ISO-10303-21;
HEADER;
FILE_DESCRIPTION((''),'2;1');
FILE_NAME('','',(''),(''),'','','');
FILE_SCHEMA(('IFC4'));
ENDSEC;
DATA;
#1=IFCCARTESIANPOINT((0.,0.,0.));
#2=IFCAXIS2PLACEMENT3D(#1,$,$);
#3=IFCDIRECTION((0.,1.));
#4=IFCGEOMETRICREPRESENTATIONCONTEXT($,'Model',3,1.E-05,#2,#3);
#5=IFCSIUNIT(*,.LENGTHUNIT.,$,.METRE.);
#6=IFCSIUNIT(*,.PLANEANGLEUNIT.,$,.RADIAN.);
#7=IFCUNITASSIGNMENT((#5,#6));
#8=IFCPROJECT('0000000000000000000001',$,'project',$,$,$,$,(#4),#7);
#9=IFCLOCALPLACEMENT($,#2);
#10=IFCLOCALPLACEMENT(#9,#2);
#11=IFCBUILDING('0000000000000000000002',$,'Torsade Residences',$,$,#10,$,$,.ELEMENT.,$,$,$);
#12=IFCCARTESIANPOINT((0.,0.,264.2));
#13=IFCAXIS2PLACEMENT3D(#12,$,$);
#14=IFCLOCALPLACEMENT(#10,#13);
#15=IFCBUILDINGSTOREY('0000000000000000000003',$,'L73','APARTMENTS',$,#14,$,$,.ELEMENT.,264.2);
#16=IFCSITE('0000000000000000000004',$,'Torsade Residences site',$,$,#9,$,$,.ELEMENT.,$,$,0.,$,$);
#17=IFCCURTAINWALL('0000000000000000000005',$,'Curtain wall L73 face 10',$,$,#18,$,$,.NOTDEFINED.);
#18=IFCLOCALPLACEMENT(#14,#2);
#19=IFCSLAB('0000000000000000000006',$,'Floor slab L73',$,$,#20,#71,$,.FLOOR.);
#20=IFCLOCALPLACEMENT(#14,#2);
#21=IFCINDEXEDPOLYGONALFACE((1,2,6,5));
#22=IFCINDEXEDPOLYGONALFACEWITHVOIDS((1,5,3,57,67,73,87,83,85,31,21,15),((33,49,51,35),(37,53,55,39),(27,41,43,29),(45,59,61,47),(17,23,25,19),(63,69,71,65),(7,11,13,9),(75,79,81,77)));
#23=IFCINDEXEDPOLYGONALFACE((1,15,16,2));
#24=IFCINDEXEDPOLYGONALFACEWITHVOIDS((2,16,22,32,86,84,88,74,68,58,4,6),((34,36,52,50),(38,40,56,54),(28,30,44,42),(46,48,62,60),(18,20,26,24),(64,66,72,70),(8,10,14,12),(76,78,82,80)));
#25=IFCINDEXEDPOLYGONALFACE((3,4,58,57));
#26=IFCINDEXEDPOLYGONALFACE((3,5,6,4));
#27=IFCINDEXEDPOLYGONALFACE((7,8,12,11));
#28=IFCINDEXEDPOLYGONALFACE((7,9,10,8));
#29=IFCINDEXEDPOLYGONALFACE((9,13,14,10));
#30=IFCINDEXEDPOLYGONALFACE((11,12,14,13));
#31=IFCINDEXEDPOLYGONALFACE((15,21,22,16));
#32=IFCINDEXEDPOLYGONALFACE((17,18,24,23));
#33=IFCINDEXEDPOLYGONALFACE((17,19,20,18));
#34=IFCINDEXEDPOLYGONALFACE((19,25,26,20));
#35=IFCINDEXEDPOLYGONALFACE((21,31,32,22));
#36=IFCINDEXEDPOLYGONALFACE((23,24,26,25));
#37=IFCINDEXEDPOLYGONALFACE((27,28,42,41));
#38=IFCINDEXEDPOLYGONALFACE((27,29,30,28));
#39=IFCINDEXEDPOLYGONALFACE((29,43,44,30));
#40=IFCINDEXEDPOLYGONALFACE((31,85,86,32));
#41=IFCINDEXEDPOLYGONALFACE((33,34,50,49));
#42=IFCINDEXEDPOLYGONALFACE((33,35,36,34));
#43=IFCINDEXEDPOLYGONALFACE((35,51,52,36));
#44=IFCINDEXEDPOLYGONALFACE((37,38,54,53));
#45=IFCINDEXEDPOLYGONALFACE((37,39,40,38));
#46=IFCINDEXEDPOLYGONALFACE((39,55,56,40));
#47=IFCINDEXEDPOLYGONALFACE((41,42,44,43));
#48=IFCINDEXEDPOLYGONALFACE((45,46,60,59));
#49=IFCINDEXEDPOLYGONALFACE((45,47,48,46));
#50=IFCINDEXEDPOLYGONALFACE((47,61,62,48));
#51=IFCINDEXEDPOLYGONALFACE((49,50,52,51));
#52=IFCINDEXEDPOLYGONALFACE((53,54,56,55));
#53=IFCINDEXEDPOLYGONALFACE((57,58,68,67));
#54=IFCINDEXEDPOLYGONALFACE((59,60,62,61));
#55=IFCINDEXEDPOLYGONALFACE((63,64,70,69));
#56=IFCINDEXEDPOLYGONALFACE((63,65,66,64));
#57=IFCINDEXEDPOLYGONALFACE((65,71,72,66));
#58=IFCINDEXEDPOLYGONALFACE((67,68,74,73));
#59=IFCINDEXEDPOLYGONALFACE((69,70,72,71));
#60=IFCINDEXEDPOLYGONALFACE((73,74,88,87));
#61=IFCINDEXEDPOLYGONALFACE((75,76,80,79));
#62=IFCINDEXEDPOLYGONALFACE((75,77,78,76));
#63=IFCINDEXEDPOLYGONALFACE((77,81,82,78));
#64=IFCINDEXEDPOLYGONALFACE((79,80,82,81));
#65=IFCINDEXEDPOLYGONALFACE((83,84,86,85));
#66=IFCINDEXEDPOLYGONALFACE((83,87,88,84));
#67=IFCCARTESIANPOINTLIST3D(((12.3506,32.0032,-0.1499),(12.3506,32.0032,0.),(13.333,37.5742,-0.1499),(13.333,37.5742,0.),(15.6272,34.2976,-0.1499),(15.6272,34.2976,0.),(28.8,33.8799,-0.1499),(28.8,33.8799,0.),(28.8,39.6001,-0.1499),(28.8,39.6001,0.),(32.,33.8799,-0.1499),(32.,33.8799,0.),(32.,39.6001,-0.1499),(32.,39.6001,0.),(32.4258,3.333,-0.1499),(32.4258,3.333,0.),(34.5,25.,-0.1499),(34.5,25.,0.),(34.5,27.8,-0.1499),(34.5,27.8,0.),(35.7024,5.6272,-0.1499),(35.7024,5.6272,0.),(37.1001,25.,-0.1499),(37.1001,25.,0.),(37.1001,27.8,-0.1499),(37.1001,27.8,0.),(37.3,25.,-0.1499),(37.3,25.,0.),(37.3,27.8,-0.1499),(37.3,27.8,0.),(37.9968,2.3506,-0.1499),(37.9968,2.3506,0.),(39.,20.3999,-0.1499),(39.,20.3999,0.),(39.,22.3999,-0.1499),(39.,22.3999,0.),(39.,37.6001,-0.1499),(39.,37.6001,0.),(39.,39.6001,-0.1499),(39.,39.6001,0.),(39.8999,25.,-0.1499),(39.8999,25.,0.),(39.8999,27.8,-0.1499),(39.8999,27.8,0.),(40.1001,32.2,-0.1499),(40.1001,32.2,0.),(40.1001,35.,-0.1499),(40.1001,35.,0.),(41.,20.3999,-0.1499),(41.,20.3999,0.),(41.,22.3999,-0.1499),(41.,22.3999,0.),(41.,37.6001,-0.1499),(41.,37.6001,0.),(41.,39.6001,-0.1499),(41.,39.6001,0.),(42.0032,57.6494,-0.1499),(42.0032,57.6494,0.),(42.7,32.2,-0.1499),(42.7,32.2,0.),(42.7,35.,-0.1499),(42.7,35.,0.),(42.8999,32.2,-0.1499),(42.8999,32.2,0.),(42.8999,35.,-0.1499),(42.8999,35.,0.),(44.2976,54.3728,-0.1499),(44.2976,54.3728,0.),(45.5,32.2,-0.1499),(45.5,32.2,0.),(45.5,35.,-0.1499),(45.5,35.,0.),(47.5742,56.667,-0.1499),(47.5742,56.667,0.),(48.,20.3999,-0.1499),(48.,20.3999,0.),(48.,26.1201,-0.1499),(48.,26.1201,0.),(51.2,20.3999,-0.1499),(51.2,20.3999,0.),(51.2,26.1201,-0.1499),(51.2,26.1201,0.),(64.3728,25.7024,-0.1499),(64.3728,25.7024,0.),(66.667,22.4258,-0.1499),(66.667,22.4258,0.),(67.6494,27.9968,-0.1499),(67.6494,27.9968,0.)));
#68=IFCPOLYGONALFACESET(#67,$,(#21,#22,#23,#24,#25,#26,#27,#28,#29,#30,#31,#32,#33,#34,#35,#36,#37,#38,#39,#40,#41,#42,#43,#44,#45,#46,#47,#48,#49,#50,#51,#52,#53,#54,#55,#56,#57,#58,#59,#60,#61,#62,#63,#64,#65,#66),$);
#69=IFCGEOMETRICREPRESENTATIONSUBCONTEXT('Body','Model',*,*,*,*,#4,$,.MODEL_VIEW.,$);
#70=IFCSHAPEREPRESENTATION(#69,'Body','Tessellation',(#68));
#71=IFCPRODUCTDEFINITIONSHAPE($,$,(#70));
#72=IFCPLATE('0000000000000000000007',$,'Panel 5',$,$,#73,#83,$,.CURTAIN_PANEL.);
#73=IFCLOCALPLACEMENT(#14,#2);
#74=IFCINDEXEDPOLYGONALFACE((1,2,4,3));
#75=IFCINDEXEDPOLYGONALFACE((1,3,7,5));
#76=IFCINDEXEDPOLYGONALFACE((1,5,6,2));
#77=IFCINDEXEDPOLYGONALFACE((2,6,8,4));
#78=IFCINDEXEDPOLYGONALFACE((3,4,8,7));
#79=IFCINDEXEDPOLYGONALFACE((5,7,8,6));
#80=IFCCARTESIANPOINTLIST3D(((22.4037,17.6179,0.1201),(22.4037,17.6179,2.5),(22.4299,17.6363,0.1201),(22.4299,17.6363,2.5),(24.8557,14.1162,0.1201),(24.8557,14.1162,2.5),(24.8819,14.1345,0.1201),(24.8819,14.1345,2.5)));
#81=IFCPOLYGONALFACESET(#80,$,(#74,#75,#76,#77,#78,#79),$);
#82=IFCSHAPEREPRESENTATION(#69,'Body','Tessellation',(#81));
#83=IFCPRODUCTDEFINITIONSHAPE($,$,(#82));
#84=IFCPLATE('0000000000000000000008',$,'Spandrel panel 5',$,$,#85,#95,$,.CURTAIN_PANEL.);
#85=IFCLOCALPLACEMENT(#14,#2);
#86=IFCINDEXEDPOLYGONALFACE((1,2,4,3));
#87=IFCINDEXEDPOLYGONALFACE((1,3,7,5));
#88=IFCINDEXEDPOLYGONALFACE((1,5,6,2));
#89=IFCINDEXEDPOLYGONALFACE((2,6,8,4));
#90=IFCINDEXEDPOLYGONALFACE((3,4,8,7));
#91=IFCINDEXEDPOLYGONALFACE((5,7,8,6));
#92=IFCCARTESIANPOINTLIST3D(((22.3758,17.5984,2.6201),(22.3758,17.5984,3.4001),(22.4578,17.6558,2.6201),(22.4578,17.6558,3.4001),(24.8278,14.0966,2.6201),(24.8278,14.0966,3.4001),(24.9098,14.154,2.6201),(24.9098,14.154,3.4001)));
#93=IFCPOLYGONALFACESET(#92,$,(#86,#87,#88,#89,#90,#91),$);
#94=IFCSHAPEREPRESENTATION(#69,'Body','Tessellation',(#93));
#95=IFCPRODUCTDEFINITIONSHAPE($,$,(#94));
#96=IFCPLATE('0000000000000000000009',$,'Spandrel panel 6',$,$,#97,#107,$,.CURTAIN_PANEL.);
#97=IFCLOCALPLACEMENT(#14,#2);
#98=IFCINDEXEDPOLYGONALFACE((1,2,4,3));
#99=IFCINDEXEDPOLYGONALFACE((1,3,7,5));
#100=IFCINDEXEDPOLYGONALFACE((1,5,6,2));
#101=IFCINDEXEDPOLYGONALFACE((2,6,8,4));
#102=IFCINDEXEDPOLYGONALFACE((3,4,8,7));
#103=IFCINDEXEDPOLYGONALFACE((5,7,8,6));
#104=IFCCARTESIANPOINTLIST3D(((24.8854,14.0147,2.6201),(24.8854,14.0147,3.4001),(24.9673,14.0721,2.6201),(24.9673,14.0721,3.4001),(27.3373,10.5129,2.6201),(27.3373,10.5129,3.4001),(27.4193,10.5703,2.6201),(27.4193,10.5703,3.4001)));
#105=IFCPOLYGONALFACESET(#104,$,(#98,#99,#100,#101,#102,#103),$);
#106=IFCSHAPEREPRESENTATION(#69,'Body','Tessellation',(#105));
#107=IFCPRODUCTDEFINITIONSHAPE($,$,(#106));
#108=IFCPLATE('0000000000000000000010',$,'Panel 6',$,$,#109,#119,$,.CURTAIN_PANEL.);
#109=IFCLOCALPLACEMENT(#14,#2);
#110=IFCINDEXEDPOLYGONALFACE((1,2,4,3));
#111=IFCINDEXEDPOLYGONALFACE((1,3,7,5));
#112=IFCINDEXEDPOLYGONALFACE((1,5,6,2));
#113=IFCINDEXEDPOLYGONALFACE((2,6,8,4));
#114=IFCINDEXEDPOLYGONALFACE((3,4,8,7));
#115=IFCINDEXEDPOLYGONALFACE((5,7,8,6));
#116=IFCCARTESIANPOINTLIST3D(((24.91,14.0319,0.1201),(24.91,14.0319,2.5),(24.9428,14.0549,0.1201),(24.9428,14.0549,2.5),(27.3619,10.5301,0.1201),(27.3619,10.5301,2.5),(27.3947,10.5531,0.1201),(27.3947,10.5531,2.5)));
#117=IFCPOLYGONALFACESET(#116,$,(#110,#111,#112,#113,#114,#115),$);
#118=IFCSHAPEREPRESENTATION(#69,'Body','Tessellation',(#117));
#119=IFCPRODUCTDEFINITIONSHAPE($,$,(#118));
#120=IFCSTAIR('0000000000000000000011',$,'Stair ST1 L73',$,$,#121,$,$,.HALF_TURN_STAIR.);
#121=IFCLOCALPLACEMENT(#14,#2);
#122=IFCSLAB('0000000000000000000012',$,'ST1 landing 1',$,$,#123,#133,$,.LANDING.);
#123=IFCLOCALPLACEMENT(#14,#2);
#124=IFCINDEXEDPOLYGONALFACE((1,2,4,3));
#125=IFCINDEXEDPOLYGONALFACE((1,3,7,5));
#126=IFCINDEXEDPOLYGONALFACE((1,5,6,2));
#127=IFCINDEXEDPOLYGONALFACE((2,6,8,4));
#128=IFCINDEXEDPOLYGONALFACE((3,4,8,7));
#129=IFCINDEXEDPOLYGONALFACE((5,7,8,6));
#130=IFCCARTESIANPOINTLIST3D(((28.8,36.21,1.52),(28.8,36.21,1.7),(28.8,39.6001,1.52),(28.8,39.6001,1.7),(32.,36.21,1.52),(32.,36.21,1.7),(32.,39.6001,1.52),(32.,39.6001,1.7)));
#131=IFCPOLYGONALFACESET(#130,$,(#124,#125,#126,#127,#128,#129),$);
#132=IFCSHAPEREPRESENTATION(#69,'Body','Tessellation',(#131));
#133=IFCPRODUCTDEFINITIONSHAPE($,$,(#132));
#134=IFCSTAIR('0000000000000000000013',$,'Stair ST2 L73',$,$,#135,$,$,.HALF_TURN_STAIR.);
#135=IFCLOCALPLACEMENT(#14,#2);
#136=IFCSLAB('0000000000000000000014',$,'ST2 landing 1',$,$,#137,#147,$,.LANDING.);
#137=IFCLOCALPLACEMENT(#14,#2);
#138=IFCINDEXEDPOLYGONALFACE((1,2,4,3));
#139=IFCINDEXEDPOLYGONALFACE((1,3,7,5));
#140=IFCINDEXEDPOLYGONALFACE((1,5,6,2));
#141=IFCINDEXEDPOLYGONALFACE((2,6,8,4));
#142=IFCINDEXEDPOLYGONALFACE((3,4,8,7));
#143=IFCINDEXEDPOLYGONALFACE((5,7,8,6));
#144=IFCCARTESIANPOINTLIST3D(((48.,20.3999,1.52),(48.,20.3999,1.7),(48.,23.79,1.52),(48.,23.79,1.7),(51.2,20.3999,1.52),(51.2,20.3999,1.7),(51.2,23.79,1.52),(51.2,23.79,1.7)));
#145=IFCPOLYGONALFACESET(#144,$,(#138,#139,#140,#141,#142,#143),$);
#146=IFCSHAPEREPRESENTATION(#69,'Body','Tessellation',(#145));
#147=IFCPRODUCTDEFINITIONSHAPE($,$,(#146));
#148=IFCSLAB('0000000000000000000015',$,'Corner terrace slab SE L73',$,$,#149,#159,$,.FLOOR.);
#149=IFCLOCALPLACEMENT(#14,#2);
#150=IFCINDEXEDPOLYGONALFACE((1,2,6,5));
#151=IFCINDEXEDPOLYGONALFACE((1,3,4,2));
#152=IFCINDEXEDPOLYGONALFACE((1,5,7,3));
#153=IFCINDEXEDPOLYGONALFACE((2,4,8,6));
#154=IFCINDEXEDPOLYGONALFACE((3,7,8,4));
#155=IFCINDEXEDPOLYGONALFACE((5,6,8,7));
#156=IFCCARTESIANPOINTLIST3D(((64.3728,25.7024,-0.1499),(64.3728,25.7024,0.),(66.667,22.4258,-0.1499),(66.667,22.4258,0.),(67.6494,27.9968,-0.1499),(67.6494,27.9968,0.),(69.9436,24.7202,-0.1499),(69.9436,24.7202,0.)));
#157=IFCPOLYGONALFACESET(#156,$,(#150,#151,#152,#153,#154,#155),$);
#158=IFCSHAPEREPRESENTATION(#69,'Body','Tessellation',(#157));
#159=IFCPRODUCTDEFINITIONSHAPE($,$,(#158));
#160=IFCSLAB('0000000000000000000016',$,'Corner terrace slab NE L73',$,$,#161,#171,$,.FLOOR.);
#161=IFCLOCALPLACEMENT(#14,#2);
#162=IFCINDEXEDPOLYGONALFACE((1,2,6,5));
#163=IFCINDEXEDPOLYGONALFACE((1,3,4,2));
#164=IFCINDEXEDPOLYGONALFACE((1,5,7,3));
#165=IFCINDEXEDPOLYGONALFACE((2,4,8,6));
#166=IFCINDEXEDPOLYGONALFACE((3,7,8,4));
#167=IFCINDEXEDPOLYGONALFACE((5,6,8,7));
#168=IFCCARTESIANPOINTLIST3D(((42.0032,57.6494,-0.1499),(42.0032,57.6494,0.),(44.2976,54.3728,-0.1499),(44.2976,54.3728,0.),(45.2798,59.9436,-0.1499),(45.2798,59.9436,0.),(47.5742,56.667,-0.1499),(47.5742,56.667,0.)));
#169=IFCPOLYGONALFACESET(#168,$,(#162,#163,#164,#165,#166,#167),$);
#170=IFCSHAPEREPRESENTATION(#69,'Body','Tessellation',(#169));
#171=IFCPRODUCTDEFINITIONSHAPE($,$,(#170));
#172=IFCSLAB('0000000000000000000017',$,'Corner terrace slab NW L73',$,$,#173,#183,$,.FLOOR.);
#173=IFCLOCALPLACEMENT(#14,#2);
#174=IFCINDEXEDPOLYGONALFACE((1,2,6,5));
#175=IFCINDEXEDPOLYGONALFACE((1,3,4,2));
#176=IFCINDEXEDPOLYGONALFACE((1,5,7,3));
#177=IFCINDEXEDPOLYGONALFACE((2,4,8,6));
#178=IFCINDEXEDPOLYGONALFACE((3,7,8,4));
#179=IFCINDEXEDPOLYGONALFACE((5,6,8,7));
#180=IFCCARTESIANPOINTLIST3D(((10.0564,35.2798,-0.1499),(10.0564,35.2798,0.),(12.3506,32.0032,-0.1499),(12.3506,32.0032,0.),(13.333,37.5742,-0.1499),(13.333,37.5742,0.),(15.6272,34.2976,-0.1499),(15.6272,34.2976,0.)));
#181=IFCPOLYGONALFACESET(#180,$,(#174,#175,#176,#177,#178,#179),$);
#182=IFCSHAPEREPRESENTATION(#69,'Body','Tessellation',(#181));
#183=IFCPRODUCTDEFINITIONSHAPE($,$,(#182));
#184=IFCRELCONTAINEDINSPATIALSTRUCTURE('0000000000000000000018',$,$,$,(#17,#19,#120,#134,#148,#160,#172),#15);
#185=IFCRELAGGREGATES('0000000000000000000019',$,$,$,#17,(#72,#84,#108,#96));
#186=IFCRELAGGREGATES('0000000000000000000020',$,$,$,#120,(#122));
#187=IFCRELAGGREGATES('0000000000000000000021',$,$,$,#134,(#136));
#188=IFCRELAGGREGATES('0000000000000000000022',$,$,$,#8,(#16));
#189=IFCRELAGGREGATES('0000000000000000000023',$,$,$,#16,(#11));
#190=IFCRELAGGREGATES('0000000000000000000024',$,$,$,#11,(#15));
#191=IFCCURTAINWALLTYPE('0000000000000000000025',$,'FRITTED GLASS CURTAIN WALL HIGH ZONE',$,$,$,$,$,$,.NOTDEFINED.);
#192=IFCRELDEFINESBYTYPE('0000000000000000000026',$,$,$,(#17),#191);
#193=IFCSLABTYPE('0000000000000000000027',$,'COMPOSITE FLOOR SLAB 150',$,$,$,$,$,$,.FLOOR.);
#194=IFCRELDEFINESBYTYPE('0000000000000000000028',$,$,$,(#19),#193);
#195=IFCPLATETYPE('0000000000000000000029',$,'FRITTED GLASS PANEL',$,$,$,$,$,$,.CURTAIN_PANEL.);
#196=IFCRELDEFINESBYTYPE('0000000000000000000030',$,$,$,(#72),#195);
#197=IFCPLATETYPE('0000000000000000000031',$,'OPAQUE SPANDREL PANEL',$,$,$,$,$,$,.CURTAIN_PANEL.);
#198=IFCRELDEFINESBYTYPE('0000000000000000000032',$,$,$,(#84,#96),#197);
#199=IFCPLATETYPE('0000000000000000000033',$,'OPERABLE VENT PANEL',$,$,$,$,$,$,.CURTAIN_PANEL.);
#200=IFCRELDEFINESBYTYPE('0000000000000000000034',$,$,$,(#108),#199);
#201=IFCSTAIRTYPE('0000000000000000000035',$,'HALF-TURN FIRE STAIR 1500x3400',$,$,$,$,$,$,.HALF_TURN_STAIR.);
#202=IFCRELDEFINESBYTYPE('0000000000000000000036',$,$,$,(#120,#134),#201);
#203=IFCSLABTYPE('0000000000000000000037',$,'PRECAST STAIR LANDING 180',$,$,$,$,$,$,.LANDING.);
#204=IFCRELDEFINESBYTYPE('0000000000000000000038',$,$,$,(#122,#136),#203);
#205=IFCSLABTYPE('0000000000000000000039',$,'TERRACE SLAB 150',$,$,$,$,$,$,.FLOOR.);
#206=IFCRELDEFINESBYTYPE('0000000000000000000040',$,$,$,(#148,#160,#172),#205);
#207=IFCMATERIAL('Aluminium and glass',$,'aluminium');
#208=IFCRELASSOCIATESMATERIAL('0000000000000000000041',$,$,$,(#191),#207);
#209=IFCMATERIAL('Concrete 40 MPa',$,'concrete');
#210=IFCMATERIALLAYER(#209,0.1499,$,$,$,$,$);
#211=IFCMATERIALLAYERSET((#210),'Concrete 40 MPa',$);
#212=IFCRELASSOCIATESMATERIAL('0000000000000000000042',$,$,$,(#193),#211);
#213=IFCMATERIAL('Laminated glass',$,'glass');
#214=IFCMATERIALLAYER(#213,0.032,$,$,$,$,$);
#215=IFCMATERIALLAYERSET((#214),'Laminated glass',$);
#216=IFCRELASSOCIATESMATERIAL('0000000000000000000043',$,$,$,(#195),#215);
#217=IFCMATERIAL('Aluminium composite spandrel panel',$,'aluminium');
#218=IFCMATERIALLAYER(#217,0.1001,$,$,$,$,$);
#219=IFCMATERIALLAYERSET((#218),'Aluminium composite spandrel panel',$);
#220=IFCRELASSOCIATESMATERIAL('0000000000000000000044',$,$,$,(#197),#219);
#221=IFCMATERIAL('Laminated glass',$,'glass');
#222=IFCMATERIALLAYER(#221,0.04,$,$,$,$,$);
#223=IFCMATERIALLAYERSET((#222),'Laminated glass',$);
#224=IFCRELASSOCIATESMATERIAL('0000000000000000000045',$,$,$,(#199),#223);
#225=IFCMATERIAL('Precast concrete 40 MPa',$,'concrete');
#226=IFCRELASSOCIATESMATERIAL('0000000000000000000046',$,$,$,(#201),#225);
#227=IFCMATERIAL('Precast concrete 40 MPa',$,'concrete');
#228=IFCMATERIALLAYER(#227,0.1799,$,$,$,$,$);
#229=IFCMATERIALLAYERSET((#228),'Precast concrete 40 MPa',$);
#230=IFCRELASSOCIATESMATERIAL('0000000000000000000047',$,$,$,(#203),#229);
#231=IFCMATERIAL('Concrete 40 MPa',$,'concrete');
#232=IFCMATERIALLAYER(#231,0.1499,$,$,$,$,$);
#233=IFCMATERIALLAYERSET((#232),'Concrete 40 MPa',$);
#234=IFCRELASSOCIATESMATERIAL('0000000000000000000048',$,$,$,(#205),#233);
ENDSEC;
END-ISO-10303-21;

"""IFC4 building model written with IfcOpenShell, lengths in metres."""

from ifc_helpers import new_model, si_unit, direction, frame, origin, origin_2d, place, context, subcontext, project, spatial, polyline, rectangle, outline, extrude, material, layer, layer_set, type_object, element, aggregate, save


model = new_model("IFC4")

# Units and contexts
model_context = context("Model", 3, precision=1e-05, world=origin(), true_north=direction((0.0, 1.0)))
body_context = subcontext(model_context, "Body", "Model", "MODEL_VIEW")
ifc_project = project(units=[si_unit("LENGTHUNIT", "METRE"), si_unit("PLANEANGLEUNIT", "RADIAN")], contexts=[model_context])

# Site, building, storey
site_placement = place(None, origin())
site = spatial("IfcSite", under=ifc_project, at=site_placement, Name="Torsade Residences site", CompositionType="ELEMENT", RefElevation=0.0)
building_placement = place(site_placement, origin())
building = spatial("IfcBuilding", under=site, at=building_placement, Name="Torsade Residences", CompositionType="ELEMENT")
storey_placement = place(building_placement, frame((0.0, 0.0, 264.2)))
storey = spatial("IfcBuildingStorey", under=building, at=storey_placement, Name="L73", Description="APARTMENTS", CompositionType="ELEMENT", Elevation=264.2)

# Curtain wall
ifc_material_1 = material(Name="Aluminium and glass", Category="aluminium")
curtain_wall_type = type_object("IfcCurtainWallType", Name="FRITTED GLASS CURTAIN WALL HIGH ZONE", PredefinedType="NOTDEFINED", material=ifc_material_1)
curtain_wall_placement = place(storey_placement, origin())
curtain_wall = element("IfcCurtainWall", 1, at=curtain_wall_placement, inside=storey, type_object=curtain_wall_type, Name="Curtain wall L73 face 10", PredefinedType="NOTDEFINED")

# Slab
ifc_material_2 = material(Name="Concrete 40 MPa", Category="concrete")
ifc_layer_1 = layer(ifc_material_2, 0.1499)
ifc_layer_set_1 = layer_set([ifc_layer_1], Name="Concrete 40 MPa")
slab_type_1 = type_object("IfcSlabType", Name="COMPOSITE FLOOR SLAB 150", PredefinedType="FLOOR", material=ifc_layer_set_1)
slab_1_placement = place(storey_placement, frame((0.0, 0.0, -0.1499)))
element("IfcSlab", 2, at=slab_1_placement, inside=storey, type_object=slab_type_1, Name="Floor slab L73", PredefinedType="FLOOR", context=body_context, shape_type="SweptSolid", body=[
    extrude(outline(polyline([(37.9968, 2.3506), (66.667, 22.4258), (64.3728, 25.7024), (67.6494, 27.9968), (47.5742, 56.667), (44.2976, 54.3728), (42.0032, 57.6494), (13.333, 37.5742), (15.6272, 34.2976), (12.3506, 32.0032), (32.4258, 3.333), (35.7024, 5.6272), (37.9968, 2.3506)]), holes=[polyline([(51.2, 26.1201), (48.0, 26.1201), (48.0, 20.3999), (51.2, 20.3999), (51.2, 26.1201)]), polyline([(45.5, 35.0), (42.8999, 35.0), (42.8999, 32.2), (45.5, 32.2), (45.5, 35.0)]), polyline([(42.7, 35.0), (40.1001, 35.0), (40.1001, 32.2), (42.7, 32.2), (42.7, 35.0)]), polyline([(41.0, 22.3999), (39.0, 22.3999), (39.0, 20.3999), (41.0, 20.3999), (41.0, 22.3999)]), polyline([(41.0, 39.6001), (39.0, 39.6001), (39.0, 37.6001), (41.0, 37.6001), (41.0, 39.6001)]), polyline([(39.8999, 27.8), (37.3, 27.8), (37.3, 25.0), (39.8999, 25.0), (39.8999, 27.8)]), polyline([(37.1001, 27.8), (34.5, 27.8), (34.5, 25.0), (37.1001, 25.0), (37.1001, 27.8)]), polyline([(32.0, 39.6001), (28.8, 39.6001), (28.8, 33.8799), (32.0, 33.8799), (32.0, 39.6001)])]), origin(), (0.0, 0.0, 1.0), 0.1499),
])

# Plates
ifc_material_3 = material(Name="Laminated glass", Category="glass")
ifc_layer_2 = layer(ifc_material_3, 0.032)
ifc_layer_set_2 = layer_set([ifc_layer_2], Name="Laminated glass")
plate_type_1 = type_object("IfcPlateType", Name="FRITTED GLASS PANEL", PredefinedType="CURTAIN_PANEL", material=ifc_layer_set_2)
plate_1_placement = place(storey_placement, frame((23.6428, 15.8762, 0.1201), z_axis=(0.0, 0.0, 1.0), x_axis=(0.573576, -0.819152, 0.0)))
plate_1 = element("IfcPlate", 3, at=plate_1_placement, type_object=plate_type_1, Name="Panel 5", PredefinedType="CURTAIN_PANEL", context=body_context, shape_type="SweptSolid", body=[
    extrude(rectangle(XDim=4.2749, YDim=0.032, at=origin_2d()), origin(), (0.0, 0.0, 1.0), 2.3799),
])
ifc_material_4 = material(Name="Aluminium composite spandrel panel", Category="aluminium")
ifc_layer_3 = layer(ifc_material_4, 0.1001)
ifc_layer_set_3 = layer_set([ifc_layer_3], Name="Aluminium composite spandrel panel")
plate_type_2 = type_object("IfcPlateType", Name="OPAQUE SPANDREL PANEL", PredefinedType="CURTAIN_PANEL", material=ifc_layer_set_3)
plate_2_placement = place(storey_placement, frame((23.6428, 15.8762, 2.6201), z_axis=(0.0, 0.0, 1.0), x_axis=(0.573576, -0.819152, 0.0)))
plate_2 = element("IfcPlate", 4, at=plate_2_placement, type_object=plate_type_2, Name="Spandrel panel 5", PredefinedType="CURTAIN_PANEL", context=body_context, shape_type="SweptSolid", body=[
    extrude(rectangle(XDim=4.2749, YDim=0.1001, at=origin_2d()), origin(), (0.0, 0.0, 1.0), 0.78),
])
plate_3_placement = place(storey_placement, frame((26.1523, 12.2925, 2.6201), z_axis=(0.0, 0.0, 1.0), x_axis=(0.573576, -0.819152, 0.0)))
plate_3 = element("IfcPlate", 5, at=plate_3_placement, type_object=plate_type_2, Name="Spandrel panel 6", PredefinedType="CURTAIN_PANEL", context=body_context, shape_type="SweptSolid", body=[
    extrude(rectangle(XDim=4.2749, YDim=0.1001, at=origin_2d()), origin(), (0.0, 0.0, 1.0), 0.78),
])
ifc_material_5 = material(Name="Laminated glass", Category="glass")
ifc_layer_4 = layer(ifc_material_5, 0.04)
ifc_layer_set_4 = layer_set([ifc_layer_4], Name="Laminated glass")
plate_type_3 = type_object("IfcPlateType", Name="OPERABLE VENT PANEL", PredefinedType="CURTAIN_PANEL", material=ifc_layer_set_4)
plate_4_placement = place(storey_placement, frame((26.1523, 12.2925, 0.1201), z_axis=(0.0, 0.0, 1.0), x_axis=(0.573576, -0.819152, 0.0)))
plate_4 = element("IfcPlate", 6, at=plate_4_placement, type_object=plate_type_3, Name="Panel 6", PredefinedType="CURTAIN_PANEL", context=body_context, shape_type="SweptSolid", body=[
    extrude(rectangle(XDim=4.2749, YDim=0.04, at=origin_2d()), origin(), (0.0, 0.0, 1.0), 2.3799),
])
aggregate(curtain_wall, [plate_1, plate_2, plate_4, plate_3])

# Stairs, slabs
ifc_material_6 = material(Name="Precast concrete 40 MPa", Category="concrete")
stair_type = type_object("IfcStairType", Name="HALF-TURN FIRE STAIR 1500x3400", PredefinedType="HALF_TURN_STAIR", material=ifc_material_6)
stair_1_placement = place(storey_placement, origin())
stair_1 = element("IfcStair", 7, at=stair_1_placement, inside=storey, type_object=stair_type, Name="Stair ST1 L73", PredefinedType="HALF_TURN_STAIR")
ifc_material_7 = material(Name="Precast concrete 40 MPa", Category="concrete")
ifc_layer_5 = layer(ifc_material_7, 0.1799)
ifc_layer_set_5 = layer_set([ifc_layer_5], Name="Precast concrete 40 MPa")
slab_type_2 = type_object("IfcSlabType", Name="PRECAST STAIR LANDING 180", PredefinedType="LANDING", material=ifc_layer_set_5)
slab_2_placement = place(storey_placement, frame((0.0, 0.0, 1.52)))
slab_2 = element("IfcSlab", 8, at=slab_2_placement, type_object=slab_type_2, Name="ST1 landing 1", PredefinedType="LANDING", context=body_context, shape_type="SweptSolid", body=[
    extrude(outline(polyline([(28.8, 36.21), (32.0, 36.21), (32.0, 39.6001), (28.8, 39.6001), (28.8, 36.21)])), origin(), (0.0, 0.0, 1.0), 0.1799),
])
aggregate(stair_1, [slab_2])
stair_2_placement = place(storey_placement, origin())
stair_2 = element("IfcStair", 9, at=stair_2_placement, inside=storey, type_object=stair_type, Name="Stair ST2 L73", PredefinedType="HALF_TURN_STAIR")
slab_3_placement = place(storey_placement, frame((0.0, 0.0, 1.52)))
slab_3 = element("IfcSlab", 10, at=slab_3_placement, type_object=slab_type_2, Name="ST2 landing 1", PredefinedType="LANDING", context=body_context, shape_type="SweptSolid", body=[
    extrude(outline(polyline([(48.0, 20.3999), (51.2, 20.3999), (51.2, 23.79), (48.0, 23.79), (48.0, 20.3999)])), origin(), (0.0, 0.0, 1.0), 0.1799),
])
aggregate(stair_2, [slab_3])

# Slabs
ifc_material_8 = material(Name="Concrete 40 MPa", Category="concrete")
ifc_layer_6 = layer(ifc_material_8, 0.1499)
ifc_layer_set_6 = layer_set([ifc_layer_6], Name="Concrete 40 MPa")
slab_type_3 = type_object("IfcSlabType", Name="TERRACE SLAB 150", PredefinedType="FLOOR", material=ifc_layer_set_6)
slab_4_placement = place(storey_placement, frame((0.0, 0.0, -0.1499)))
element("IfcSlab", 11, at=slab_4_placement, inside=storey, type_object=slab_type_3, Name="Corner terrace slab SE L73", PredefinedType="FLOOR", context=body_context, shape_type="SweptSolid", body=[
    extrude(outline(polyline([(66.667, 22.4258), (69.9436, 24.7202), (67.6494, 27.9968), (64.3728, 25.7024), (66.667, 22.4258)])), origin(), (0.0, 0.0, 1.0), 0.1499),
])
slab_5_placement = place(storey_placement, frame((0.0, 0.0, -0.1499)))
element("IfcSlab", 12, at=slab_5_placement, inside=storey, type_object=slab_type_3, Name="Corner terrace slab NE L73", PredefinedType="FLOOR", context=body_context, shape_type="SweptSolid", body=[
    extrude(outline(polyline([(44.2976, 54.3728), (47.5742, 56.667), (45.2798, 59.9436), (42.0032, 57.6494), (44.2976, 54.3728)])), origin(), (0.0, 0.0, 1.0), 0.1499),
])
slab_6_placement = place(storey_placement, frame((0.0, 0.0, -0.1499)))
element("IfcSlab", 13, at=slab_6_placement, inside=storey, type_object=slab_type_3, Name="Corner terrace slab NW L73", PredefinedType="FLOOR", context=body_context, shape_type="SweptSolid", body=[
    extrude(outline(polyline([(12.3506, 32.0032), (15.6272, 34.2976), (13.333, 37.5742), (10.0564, 35.2798), (12.3506, 32.0032)])), origin(), (0.0, 0.0, 1.0), 0.1499),
])

save(model, "model.ifc")
